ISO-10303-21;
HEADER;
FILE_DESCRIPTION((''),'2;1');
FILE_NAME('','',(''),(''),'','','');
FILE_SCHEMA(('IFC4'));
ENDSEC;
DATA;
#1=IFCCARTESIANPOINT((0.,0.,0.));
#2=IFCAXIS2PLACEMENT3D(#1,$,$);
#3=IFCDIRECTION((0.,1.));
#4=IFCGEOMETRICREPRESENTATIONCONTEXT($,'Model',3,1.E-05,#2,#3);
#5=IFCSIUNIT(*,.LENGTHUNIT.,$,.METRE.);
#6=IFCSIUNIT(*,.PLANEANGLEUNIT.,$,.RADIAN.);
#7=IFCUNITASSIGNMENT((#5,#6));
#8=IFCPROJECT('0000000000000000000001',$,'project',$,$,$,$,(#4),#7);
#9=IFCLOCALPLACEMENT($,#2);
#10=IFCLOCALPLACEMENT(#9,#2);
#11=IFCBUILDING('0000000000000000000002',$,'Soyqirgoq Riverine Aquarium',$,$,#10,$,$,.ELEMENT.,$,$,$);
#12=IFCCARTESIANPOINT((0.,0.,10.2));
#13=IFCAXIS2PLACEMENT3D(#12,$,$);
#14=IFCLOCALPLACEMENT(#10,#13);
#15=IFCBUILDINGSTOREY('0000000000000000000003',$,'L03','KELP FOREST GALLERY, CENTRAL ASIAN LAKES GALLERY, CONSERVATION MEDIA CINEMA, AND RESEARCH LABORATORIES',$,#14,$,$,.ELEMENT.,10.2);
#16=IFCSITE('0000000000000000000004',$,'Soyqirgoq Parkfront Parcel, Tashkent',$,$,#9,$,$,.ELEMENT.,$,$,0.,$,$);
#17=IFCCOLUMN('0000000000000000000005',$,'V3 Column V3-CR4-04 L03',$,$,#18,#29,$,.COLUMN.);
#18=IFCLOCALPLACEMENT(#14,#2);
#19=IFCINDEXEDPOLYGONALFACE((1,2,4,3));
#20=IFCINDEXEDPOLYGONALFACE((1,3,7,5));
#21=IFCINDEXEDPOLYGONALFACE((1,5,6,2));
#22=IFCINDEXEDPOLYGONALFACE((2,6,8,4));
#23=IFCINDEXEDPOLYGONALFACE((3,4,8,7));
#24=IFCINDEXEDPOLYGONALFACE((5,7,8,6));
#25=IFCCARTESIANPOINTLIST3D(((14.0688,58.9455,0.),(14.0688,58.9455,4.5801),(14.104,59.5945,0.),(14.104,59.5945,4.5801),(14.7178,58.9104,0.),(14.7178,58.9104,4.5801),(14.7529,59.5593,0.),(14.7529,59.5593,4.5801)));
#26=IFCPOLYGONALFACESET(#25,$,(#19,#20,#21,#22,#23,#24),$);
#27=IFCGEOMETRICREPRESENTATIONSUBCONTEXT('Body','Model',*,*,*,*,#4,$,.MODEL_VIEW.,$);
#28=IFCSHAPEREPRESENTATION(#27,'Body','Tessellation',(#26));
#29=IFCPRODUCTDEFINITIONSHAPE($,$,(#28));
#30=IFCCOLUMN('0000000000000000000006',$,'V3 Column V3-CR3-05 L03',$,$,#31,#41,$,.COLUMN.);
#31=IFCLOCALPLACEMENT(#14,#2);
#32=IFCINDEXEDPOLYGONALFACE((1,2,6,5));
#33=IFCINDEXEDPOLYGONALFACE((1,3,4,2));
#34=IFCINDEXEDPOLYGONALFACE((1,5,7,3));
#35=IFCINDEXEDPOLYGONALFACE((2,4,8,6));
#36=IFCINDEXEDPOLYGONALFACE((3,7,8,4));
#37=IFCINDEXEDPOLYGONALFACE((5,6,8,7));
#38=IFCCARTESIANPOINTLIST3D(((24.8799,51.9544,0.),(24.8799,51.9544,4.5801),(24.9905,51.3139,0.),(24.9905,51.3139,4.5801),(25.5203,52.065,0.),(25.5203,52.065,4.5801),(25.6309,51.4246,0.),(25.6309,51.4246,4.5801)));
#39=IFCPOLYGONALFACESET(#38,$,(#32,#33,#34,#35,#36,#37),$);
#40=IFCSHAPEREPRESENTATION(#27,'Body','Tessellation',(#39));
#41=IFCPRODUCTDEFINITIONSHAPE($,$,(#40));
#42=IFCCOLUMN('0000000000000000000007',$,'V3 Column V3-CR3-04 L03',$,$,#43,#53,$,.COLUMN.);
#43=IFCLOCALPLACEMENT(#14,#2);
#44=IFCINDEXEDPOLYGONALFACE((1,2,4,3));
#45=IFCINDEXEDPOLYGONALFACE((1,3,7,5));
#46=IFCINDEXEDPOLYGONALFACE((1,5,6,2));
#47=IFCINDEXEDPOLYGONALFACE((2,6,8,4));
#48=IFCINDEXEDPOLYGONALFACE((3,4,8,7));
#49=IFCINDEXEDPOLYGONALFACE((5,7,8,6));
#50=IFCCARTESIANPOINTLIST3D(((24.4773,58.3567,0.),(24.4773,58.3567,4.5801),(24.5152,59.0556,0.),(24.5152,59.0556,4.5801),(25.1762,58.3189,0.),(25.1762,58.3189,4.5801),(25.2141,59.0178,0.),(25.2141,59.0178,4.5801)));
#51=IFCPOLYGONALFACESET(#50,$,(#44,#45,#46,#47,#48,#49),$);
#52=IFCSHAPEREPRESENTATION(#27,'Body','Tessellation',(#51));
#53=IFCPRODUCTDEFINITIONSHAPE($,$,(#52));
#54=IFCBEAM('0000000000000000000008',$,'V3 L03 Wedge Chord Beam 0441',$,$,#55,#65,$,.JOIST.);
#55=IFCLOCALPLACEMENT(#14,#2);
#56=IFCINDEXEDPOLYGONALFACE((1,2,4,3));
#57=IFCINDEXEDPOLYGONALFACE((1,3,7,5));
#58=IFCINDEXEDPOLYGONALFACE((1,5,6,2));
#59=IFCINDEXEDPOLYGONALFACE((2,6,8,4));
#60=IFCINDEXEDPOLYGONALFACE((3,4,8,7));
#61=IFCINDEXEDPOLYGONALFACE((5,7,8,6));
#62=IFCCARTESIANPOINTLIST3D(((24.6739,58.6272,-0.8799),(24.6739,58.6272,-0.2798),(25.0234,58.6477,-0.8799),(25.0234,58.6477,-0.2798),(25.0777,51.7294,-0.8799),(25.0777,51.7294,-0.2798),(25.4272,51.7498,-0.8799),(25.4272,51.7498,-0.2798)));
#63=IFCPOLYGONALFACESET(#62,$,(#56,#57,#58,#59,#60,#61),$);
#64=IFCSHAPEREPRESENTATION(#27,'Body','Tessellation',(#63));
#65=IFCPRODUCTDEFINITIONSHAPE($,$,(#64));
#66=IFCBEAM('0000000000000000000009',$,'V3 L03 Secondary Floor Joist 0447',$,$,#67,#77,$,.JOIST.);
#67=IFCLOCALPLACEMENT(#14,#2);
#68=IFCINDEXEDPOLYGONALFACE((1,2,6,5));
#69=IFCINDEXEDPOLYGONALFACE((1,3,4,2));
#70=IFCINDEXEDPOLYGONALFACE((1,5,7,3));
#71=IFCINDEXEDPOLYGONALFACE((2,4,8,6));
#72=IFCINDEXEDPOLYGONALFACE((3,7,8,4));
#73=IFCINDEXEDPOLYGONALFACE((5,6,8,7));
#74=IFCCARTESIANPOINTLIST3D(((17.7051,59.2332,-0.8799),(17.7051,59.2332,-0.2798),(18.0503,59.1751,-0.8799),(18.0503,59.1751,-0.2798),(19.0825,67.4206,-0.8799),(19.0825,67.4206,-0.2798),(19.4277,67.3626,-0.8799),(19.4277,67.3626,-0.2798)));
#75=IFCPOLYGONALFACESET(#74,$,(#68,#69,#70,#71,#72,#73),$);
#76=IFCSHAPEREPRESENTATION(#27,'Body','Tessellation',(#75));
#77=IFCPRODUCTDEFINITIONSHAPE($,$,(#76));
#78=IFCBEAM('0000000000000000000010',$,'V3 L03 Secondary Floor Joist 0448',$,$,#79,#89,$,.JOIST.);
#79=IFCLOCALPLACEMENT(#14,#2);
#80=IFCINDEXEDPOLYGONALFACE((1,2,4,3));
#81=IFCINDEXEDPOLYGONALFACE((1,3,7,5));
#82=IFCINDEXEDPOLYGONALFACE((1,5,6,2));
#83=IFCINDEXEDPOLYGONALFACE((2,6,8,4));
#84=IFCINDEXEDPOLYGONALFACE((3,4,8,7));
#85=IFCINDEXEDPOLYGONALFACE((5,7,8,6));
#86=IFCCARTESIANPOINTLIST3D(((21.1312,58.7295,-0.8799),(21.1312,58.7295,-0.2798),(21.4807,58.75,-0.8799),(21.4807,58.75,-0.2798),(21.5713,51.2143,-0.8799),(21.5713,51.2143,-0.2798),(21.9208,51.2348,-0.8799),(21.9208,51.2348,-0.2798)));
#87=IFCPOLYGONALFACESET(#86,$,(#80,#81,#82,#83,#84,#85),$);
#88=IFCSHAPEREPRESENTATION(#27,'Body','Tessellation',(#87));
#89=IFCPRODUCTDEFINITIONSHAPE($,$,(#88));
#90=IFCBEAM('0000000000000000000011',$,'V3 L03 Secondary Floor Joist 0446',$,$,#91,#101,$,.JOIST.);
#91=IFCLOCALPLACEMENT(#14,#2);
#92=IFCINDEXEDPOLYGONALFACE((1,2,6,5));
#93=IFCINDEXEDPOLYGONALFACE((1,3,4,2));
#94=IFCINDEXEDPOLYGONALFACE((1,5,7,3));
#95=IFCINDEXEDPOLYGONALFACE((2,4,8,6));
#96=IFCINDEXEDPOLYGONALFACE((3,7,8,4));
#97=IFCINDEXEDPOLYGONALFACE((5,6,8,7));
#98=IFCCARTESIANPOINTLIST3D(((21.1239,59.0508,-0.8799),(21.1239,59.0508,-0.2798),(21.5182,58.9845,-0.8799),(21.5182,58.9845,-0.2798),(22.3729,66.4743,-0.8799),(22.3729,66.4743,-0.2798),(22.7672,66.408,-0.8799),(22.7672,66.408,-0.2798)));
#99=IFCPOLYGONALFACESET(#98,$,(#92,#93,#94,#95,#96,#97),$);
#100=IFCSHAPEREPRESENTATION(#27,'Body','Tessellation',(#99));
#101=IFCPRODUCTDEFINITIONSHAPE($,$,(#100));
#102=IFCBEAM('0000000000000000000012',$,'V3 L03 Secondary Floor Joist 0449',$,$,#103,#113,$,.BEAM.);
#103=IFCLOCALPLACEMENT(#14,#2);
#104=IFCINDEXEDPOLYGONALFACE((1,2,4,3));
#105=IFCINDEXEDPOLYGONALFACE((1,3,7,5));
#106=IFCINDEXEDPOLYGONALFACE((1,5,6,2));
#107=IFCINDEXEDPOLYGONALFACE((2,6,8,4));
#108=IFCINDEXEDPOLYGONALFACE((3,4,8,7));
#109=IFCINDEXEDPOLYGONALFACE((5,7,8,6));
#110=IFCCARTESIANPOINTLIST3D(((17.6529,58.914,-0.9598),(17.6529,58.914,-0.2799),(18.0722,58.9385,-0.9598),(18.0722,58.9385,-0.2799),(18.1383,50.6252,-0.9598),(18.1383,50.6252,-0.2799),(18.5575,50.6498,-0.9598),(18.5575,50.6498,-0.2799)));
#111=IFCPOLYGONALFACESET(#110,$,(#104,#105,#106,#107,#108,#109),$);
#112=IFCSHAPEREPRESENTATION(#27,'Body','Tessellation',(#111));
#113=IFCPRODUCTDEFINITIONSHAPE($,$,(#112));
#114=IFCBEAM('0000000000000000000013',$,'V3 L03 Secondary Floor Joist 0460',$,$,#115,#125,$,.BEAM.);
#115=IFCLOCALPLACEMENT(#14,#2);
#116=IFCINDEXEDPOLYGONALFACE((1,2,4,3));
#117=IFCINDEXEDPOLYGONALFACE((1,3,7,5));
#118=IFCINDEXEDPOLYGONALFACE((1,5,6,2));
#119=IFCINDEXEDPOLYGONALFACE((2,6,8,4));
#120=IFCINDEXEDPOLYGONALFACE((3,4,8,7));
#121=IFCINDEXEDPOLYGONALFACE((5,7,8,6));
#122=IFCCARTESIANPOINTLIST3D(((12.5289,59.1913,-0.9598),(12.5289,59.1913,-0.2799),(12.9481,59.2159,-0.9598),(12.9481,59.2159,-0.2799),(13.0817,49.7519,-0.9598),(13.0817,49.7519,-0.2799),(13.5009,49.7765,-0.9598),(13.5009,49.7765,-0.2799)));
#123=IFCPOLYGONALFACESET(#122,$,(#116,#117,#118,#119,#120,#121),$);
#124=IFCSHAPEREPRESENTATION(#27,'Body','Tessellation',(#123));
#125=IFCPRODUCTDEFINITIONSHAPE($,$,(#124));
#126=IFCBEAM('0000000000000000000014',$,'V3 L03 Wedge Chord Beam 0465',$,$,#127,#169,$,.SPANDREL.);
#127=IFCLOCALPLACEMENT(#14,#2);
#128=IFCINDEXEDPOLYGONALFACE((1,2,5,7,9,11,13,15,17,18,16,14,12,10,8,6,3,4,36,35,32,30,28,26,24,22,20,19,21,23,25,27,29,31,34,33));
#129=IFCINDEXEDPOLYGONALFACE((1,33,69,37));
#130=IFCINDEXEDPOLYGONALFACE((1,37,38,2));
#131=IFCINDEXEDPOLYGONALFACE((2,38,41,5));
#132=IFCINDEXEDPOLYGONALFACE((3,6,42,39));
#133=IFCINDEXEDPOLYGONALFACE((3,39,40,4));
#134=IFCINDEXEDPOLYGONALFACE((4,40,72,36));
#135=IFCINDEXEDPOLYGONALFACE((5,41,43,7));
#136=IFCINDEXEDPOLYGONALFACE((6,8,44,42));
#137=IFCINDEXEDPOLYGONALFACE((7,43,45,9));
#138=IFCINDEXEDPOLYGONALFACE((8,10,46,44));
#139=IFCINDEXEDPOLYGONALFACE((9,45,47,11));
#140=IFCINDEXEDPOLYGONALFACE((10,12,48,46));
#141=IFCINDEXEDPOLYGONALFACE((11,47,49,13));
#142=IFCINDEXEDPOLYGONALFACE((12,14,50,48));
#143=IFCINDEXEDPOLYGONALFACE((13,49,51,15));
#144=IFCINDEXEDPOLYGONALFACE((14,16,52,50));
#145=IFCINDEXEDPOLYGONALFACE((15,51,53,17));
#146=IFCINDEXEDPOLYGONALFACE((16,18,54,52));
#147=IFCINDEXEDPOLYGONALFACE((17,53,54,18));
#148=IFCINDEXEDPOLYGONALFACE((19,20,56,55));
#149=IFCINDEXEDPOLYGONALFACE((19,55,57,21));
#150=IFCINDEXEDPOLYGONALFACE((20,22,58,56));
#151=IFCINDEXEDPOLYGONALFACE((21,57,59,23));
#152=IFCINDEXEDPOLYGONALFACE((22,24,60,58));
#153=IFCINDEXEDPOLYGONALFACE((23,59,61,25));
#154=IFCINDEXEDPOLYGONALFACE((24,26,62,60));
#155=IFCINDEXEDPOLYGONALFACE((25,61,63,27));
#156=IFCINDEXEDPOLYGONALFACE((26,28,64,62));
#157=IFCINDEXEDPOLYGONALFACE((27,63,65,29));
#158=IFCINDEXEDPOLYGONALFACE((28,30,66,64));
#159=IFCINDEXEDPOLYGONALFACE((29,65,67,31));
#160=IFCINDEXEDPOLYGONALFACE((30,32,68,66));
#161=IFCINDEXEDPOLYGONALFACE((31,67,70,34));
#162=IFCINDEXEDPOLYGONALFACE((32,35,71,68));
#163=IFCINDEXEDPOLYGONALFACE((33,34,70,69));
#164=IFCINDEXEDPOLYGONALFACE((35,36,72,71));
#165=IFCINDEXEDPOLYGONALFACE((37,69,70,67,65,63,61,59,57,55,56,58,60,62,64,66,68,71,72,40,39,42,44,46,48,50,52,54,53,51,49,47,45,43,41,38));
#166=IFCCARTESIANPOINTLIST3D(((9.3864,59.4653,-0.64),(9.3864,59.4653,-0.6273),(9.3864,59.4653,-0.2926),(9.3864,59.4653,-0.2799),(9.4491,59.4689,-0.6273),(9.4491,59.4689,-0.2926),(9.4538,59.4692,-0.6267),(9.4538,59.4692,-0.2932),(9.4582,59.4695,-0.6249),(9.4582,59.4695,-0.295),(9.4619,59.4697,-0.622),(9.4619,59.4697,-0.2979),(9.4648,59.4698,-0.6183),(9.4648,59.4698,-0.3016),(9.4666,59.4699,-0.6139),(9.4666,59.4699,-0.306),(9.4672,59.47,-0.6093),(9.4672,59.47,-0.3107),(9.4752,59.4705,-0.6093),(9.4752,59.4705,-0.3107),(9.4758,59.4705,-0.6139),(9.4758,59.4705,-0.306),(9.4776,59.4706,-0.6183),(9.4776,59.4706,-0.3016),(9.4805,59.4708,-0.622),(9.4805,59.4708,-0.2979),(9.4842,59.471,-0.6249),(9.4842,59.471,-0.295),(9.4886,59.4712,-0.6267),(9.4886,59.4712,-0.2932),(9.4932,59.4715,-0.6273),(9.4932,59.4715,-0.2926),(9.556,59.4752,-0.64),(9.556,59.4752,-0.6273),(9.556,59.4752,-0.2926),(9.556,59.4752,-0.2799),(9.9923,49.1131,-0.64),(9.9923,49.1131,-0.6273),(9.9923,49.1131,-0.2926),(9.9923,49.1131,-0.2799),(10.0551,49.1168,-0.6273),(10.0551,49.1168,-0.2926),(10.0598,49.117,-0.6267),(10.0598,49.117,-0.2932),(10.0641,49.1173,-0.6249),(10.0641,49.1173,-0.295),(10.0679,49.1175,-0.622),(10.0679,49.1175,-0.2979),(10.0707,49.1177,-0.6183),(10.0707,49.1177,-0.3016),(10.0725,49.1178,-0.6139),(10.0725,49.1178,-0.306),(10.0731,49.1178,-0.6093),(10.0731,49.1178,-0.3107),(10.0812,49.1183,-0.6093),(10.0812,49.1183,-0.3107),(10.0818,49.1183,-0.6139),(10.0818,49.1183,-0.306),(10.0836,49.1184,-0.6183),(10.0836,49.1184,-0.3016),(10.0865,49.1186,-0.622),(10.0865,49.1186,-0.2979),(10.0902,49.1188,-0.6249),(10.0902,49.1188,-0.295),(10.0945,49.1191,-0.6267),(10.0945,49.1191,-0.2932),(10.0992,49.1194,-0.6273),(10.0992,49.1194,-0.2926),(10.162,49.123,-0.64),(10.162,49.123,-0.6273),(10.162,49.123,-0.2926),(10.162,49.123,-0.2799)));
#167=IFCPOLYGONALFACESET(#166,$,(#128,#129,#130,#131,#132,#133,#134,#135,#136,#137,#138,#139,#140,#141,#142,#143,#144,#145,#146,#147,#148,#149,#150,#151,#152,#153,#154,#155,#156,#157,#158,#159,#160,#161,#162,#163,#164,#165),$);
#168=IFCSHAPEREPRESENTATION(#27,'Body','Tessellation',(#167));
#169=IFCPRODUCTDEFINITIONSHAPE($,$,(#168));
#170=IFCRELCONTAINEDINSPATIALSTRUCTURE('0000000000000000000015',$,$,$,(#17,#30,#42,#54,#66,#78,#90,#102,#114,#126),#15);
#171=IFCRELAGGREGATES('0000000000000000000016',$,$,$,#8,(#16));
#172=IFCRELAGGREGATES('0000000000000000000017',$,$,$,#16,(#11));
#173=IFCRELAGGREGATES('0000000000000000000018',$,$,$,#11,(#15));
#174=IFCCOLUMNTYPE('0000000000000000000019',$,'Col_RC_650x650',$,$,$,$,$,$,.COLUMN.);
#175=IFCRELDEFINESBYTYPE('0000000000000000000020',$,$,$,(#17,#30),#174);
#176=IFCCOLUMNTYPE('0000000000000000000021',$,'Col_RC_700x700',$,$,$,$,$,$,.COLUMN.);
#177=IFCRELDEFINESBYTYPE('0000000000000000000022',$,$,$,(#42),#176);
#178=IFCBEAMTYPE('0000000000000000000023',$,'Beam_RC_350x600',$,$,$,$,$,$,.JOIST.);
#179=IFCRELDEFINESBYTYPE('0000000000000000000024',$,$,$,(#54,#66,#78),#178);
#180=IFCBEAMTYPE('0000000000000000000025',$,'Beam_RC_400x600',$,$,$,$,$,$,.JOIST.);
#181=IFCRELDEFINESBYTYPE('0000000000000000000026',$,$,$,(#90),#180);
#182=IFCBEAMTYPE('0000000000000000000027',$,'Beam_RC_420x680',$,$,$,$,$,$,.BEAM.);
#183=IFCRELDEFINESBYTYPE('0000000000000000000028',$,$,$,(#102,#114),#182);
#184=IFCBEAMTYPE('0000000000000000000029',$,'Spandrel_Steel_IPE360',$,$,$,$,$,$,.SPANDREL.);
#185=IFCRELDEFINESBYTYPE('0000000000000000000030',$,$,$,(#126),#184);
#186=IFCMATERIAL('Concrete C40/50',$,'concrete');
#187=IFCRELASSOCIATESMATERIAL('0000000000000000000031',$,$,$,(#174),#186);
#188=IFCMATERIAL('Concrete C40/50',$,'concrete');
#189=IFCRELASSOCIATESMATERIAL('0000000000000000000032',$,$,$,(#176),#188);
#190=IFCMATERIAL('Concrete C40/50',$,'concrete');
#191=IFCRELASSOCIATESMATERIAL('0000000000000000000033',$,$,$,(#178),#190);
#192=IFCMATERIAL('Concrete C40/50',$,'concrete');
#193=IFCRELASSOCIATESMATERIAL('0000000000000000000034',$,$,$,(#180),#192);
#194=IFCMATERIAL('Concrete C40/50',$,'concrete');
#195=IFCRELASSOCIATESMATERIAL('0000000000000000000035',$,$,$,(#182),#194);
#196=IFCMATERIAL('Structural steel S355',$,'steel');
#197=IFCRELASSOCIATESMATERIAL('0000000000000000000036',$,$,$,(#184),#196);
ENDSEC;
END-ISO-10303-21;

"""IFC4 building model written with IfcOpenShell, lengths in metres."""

from ifc_helpers import new_model, si_unit, direction, frame, origin, origin_2d, place, context, subcontext, project, spatial, rectangle, i_section, extrude, material, material_profile, profile_set, type_object, element, save


model = new_model("IFC4")

# Units and contexts
model_context = context("Model", 3, precision=1e-05, world=origin(), true_north=direction((0.0, 1.0)))
body_context = subcontext(model_context, "Body", "Model", "MODEL_VIEW")
ifc_project = project(units=[si_unit("LENGTHUNIT", "METRE"), si_unit("PLANEANGLEUNIT", "RADIAN")], contexts=[model_context])

# Site, building, storey
site_placement = place(None, origin())
site = spatial("IfcSite", under=ifc_project, at=site_placement, Name="Soyqirgoq Parkfront Parcel, Tashkent", CompositionType="ELEMENT", RefElevation=0.0)
building_placement = place(site_placement, origin())
building = spatial("IfcBuilding", under=site, at=building_placement, Name="Soyqirgoq Riverine Aquarium", CompositionType="ELEMENT")
storey_placement = place(building_placement, frame((0.0, 0.0, 10.2)))
storey = spatial("IfcBuildingStorey", under=building, at=storey_placement, Name="L03", Description="KELP FOREST GALLERY, CENTRAL ASIAN LAKES GALLERY, CONSERVATION MEDIA CINEMA, AND RESEARCH LABORATORIES", CompositionType="ELEMENT", Elevation=10.2)

# Columns
ifc_material_1 = material(Name="Concrete C40/50", Category="concrete")
ifc_material_profile_1 = material_profile(ifc_material_1, rectangle(XDim=0.6499, YDim=0.6499, at=origin_2d()), Name="RC 650x650")
ifc_profile_set_1 = profile_set([ifc_material_profile_1], Name="Concrete C40/50")
column_type_1 = type_object("IfcColumnType", Name="Col_RC_650x650", PredefinedType="COLUMN", material=ifc_profile_set_1)
for number, where, z_axis, x_axis, name in (
    (1, (14.4109, 59.2524, 0.0), (0.0, 0.0, 1.0), (-0.998537, 0.054079, 0.0), "V3 Column V3-CR4-04 L03"),
    (2, (25.2554, 51.6895, 0.0), (0.0, 0.0, 1.0), (-0.985408, -0.170209, 0.0), "V3 Column V3-CR3-05 L03"),
):
    element("IfcColumn", number, at=place(storey_placement, frame(where, z_axis=z_axis, x_axis=x_axis)), inside=storey, type_object=column_type_1, Name=name, PredefinedType="COLUMN", context=body_context, shape_type="SweptSolid", body=[
        extrude(rectangle(XDim=0.6499, YDim=0.6499, at=origin_2d()), origin(), (0.0, 0.0, 1.0), 4.5801),
    ])
ifc_material_2 = material(Name="Concrete C40/50", Category="concrete")
ifc_material_profile_2 = material_profile(ifc_material_2, rectangle(XDim=0.7, YDim=0.7, at=origin_2d()), Name="RC 700x700")
ifc_profile_set_2 = profile_set([ifc_material_profile_2], Name="Concrete C40/50")
column_type_2 = type_object("IfcColumnType", Name="Col_RC_700x700", PredefinedType="COLUMN", material=ifc_profile_set_2)
column_placement = place(storey_placement, frame((24.8457, 58.6873, 0.0), z_axis=(0.0, 0.0, 1.0), x_axis=(-0.998537, 0.054079, 0.0)))
element("IfcColumn", 3, at=column_placement, inside=storey, type_object=column_type_2, Name="V3 Column V3-CR3-04 L03", PredefinedType="COLUMN", context=body_context, shape_type="SweptSolid", body=[
    extrude(rectangle(XDim=0.7, YDim=0.7, at=origin_2d()), origin(), (0.0, 0.0, 1.0), 4.5801),
])

# Beams
ifc_material_3 = material(Name="Concrete C40/50", Category="concrete")
ifc_material_profile_3 = material_profile(ifc_material_3, rectangle(XDim=0.3501, YDim=0.6001, at=origin_2d()), Name="RC 350x600")
ifc_profile_set_3 = profile_set([ifc_material_profile_3], Name="Concrete C40/50")
beam_type_1 = type_object("IfcBeamType", Name="Beam_RC_350x600", PredefinedType="JOIST", material=ifc_profile_set_3)
beam_1_placement = place(storey_placement, frame((24.8486, 58.6375, -0.5798), z_axis=(0.05844, -0.998291, 0.0), x_axis=(0.998291, 0.05844, 0.0)))
element("IfcBeam", 4, at=beam_1_placement, inside=storey, type_object=beam_type_1, Name="V3 L03 Wedge Chord Beam 0441", PredefinedType="JOIST", context=body_context, shape_type="SweptSolid", body=[
    extrude(rectangle(XDim=0.3501, YDim=0.6001, at=origin_2d()), origin(), (0.0, 0.0, 1.0), 6.9097),
])
beam_2_placement = place(storey_placement, frame((19.2551, 67.3916, -0.5798), z_axis=(-0.165906, -0.986142, 0.0), x_axis=(0.986142, -0.165906, 0.0)))
element("IfcBeam", 5, at=beam_2_placement, inside=storey, type_object=beam_type_1, Name="V3 L03 Secondary Floor Joist 0447", PredefinedType="JOIST", context=body_context, shape_type="SweptSolid", body=[
    extrude(rectangle(XDim=0.3501, YDim=0.6001, at=origin_2d()), origin(), (0.0, 0.0, 1.0), 8.3025),
])
beam_3_placement = place(storey_placement, frame((21.3059, 58.7397, -0.5798), z_axis=(0.058473, -0.998289, 0.0), x_axis=(0.998289, 0.058473, 0.0)))
element("IfcBeam", 6, at=beam_3_placement, inside=storey, type_object=beam_type_1, Name="V3 L03 Secondary Floor Joist 0448", PredefinedType="JOIST", context=body_context, shape_type="SweptSolid", body=[
    extrude(rectangle(XDim=0.3501, YDim=0.6001, at=origin_2d()), origin(), (0.0, 0.0, 1.0), 7.5281),
])
ifc_material_4 = material(Name="Concrete C40/50", Category="concrete")
ifc_material_profile_4 = material_profile(ifc_material_4, rectangle(XDim=0.3999, YDim=0.6001, at=origin_2d()), Name="RC 400x600")
ifc_profile_set_4 = profile_set([ifc_material_profile_4], Name="Concrete C40/50")
beam_type_2 = type_object("IfcBeamType", Name="Beam_RC_400x600", PredefinedType="JOIST", material=ifc_profile_set_4)
beam_4_placement = place(storey_placement, frame((22.5701, 66.4412, -0.5798), z_axis=(-0.165919, -0.986139, 0.0), x_axis=(0.986139, -0.165919, 0.0)))
element("IfcBeam", 7, at=beam_4_placement, inside=storey, type_object=beam_type_2, Name="V3 L03 Secondary Floor Joist 0446", PredefinedType="JOIST", context=body_context, shape_type="SweptSolid", body=[
    extrude(rectangle(XDim=0.3999, YDim=0.6001, at=origin_2d()), origin(), (0.0, 0.0, 1.0), 7.5278),
])
ifc_material_5 = material(Name="Concrete C40/50", Category="concrete")
ifc_material_profile_5 = material_profile(ifc_material_5, rectangle(XDim=0.4199, YDim=0.6799, at=origin_2d()), Name="RC 420x680")
ifc_profile_set_5 = profile_set([ifc_material_profile_5], Name="Concrete C40/50")
beam_type_3 = type_object("IfcBeamType", Name="Beam_RC_420x680", PredefinedType="BEAM", material=ifc_profile_set_5)
beam_5_placement = place(storey_placement, frame((17.8625, 58.9263, -0.6199), z_axis=(0.058455, -0.99829, 0.0), x_axis=(0.99829, 0.058455, 0.0)))
element("IfcBeam", 8, at=beam_5_placement, inside=storey, type_object=beam_type_3, Name="V3 L03 Secondary Floor Joist 0449", PredefinedType="BEAM", context=body_context, shape_type="SweptSolid", body=[
    extrude(rectangle(XDim=0.4199, YDim=0.6799, at=origin_2d()), origin(), (0.0, 0.0, 1.0), 8.303),
])
beam_6_placement = place(storey_placement, frame((12.7385, 59.2036, -0.6199), z_axis=(0.058456, -0.99829, 0.0), x_axis=(0.99829, 0.058456, 0.0)))
element("IfcBeam", 9, at=beam_6_placement, inside=storey, type_object=beam_type_3, Name="V3 L03 Secondary Floor Joist 0460", PredefinedType="BEAM", context=body_context, shape_type="SweptSolid", body=[
    extrude(rectangle(XDim=0.4199, YDim=0.6799, at=origin_2d()), origin(), (0.0, 0.0, 1.0), 9.4556),
])
ifc_material_6 = material(Name="Structural steel S355", Category="steel")
ifc_material_profile_6 = material_profile(ifc_material_6, i_section(OverallWidth=0.1699, OverallDepth=0.3601, WebThickness=0.0081, FlangeThickness=0.0127, FilletRadius=0.0181, at=origin_2d()), Name="IPE 360")
ifc_profile_set_6 = profile_set([ifc_material_profile_6], Name="Structural steel S355")
beam_type_4 = type_object("IfcBeamType", Name="Spandrel_Steel_IPE360", PredefinedType="SPANDREL", material=ifc_profile_set_6)
beam_7_placement = place(storey_placement, frame((9.4712, 59.4702, -0.46), z_axis=(0.058435, -0.998291, 0.0), x_axis=(0.998291, 0.058435, 0.0)))
element("IfcBeam", 10, at=beam_7_placement, inside=storey, type_object=beam_type_4, Name="V3 L03 Wedge Chord Beam 0465", PredefinedType="SPANDREL", context=body_context, shape_type="SweptSolid", body=[
    extrude(i_section(OverallWidth=0.1699, OverallDepth=0.3601, WebThickness=0.0081, FlangeThickness=0.0127, FilletRadius=0.0181, at=origin_2d()), origin(), (0.0, 0.0, 1.0), 10.3699),
])

save(model, "model.ifc")
